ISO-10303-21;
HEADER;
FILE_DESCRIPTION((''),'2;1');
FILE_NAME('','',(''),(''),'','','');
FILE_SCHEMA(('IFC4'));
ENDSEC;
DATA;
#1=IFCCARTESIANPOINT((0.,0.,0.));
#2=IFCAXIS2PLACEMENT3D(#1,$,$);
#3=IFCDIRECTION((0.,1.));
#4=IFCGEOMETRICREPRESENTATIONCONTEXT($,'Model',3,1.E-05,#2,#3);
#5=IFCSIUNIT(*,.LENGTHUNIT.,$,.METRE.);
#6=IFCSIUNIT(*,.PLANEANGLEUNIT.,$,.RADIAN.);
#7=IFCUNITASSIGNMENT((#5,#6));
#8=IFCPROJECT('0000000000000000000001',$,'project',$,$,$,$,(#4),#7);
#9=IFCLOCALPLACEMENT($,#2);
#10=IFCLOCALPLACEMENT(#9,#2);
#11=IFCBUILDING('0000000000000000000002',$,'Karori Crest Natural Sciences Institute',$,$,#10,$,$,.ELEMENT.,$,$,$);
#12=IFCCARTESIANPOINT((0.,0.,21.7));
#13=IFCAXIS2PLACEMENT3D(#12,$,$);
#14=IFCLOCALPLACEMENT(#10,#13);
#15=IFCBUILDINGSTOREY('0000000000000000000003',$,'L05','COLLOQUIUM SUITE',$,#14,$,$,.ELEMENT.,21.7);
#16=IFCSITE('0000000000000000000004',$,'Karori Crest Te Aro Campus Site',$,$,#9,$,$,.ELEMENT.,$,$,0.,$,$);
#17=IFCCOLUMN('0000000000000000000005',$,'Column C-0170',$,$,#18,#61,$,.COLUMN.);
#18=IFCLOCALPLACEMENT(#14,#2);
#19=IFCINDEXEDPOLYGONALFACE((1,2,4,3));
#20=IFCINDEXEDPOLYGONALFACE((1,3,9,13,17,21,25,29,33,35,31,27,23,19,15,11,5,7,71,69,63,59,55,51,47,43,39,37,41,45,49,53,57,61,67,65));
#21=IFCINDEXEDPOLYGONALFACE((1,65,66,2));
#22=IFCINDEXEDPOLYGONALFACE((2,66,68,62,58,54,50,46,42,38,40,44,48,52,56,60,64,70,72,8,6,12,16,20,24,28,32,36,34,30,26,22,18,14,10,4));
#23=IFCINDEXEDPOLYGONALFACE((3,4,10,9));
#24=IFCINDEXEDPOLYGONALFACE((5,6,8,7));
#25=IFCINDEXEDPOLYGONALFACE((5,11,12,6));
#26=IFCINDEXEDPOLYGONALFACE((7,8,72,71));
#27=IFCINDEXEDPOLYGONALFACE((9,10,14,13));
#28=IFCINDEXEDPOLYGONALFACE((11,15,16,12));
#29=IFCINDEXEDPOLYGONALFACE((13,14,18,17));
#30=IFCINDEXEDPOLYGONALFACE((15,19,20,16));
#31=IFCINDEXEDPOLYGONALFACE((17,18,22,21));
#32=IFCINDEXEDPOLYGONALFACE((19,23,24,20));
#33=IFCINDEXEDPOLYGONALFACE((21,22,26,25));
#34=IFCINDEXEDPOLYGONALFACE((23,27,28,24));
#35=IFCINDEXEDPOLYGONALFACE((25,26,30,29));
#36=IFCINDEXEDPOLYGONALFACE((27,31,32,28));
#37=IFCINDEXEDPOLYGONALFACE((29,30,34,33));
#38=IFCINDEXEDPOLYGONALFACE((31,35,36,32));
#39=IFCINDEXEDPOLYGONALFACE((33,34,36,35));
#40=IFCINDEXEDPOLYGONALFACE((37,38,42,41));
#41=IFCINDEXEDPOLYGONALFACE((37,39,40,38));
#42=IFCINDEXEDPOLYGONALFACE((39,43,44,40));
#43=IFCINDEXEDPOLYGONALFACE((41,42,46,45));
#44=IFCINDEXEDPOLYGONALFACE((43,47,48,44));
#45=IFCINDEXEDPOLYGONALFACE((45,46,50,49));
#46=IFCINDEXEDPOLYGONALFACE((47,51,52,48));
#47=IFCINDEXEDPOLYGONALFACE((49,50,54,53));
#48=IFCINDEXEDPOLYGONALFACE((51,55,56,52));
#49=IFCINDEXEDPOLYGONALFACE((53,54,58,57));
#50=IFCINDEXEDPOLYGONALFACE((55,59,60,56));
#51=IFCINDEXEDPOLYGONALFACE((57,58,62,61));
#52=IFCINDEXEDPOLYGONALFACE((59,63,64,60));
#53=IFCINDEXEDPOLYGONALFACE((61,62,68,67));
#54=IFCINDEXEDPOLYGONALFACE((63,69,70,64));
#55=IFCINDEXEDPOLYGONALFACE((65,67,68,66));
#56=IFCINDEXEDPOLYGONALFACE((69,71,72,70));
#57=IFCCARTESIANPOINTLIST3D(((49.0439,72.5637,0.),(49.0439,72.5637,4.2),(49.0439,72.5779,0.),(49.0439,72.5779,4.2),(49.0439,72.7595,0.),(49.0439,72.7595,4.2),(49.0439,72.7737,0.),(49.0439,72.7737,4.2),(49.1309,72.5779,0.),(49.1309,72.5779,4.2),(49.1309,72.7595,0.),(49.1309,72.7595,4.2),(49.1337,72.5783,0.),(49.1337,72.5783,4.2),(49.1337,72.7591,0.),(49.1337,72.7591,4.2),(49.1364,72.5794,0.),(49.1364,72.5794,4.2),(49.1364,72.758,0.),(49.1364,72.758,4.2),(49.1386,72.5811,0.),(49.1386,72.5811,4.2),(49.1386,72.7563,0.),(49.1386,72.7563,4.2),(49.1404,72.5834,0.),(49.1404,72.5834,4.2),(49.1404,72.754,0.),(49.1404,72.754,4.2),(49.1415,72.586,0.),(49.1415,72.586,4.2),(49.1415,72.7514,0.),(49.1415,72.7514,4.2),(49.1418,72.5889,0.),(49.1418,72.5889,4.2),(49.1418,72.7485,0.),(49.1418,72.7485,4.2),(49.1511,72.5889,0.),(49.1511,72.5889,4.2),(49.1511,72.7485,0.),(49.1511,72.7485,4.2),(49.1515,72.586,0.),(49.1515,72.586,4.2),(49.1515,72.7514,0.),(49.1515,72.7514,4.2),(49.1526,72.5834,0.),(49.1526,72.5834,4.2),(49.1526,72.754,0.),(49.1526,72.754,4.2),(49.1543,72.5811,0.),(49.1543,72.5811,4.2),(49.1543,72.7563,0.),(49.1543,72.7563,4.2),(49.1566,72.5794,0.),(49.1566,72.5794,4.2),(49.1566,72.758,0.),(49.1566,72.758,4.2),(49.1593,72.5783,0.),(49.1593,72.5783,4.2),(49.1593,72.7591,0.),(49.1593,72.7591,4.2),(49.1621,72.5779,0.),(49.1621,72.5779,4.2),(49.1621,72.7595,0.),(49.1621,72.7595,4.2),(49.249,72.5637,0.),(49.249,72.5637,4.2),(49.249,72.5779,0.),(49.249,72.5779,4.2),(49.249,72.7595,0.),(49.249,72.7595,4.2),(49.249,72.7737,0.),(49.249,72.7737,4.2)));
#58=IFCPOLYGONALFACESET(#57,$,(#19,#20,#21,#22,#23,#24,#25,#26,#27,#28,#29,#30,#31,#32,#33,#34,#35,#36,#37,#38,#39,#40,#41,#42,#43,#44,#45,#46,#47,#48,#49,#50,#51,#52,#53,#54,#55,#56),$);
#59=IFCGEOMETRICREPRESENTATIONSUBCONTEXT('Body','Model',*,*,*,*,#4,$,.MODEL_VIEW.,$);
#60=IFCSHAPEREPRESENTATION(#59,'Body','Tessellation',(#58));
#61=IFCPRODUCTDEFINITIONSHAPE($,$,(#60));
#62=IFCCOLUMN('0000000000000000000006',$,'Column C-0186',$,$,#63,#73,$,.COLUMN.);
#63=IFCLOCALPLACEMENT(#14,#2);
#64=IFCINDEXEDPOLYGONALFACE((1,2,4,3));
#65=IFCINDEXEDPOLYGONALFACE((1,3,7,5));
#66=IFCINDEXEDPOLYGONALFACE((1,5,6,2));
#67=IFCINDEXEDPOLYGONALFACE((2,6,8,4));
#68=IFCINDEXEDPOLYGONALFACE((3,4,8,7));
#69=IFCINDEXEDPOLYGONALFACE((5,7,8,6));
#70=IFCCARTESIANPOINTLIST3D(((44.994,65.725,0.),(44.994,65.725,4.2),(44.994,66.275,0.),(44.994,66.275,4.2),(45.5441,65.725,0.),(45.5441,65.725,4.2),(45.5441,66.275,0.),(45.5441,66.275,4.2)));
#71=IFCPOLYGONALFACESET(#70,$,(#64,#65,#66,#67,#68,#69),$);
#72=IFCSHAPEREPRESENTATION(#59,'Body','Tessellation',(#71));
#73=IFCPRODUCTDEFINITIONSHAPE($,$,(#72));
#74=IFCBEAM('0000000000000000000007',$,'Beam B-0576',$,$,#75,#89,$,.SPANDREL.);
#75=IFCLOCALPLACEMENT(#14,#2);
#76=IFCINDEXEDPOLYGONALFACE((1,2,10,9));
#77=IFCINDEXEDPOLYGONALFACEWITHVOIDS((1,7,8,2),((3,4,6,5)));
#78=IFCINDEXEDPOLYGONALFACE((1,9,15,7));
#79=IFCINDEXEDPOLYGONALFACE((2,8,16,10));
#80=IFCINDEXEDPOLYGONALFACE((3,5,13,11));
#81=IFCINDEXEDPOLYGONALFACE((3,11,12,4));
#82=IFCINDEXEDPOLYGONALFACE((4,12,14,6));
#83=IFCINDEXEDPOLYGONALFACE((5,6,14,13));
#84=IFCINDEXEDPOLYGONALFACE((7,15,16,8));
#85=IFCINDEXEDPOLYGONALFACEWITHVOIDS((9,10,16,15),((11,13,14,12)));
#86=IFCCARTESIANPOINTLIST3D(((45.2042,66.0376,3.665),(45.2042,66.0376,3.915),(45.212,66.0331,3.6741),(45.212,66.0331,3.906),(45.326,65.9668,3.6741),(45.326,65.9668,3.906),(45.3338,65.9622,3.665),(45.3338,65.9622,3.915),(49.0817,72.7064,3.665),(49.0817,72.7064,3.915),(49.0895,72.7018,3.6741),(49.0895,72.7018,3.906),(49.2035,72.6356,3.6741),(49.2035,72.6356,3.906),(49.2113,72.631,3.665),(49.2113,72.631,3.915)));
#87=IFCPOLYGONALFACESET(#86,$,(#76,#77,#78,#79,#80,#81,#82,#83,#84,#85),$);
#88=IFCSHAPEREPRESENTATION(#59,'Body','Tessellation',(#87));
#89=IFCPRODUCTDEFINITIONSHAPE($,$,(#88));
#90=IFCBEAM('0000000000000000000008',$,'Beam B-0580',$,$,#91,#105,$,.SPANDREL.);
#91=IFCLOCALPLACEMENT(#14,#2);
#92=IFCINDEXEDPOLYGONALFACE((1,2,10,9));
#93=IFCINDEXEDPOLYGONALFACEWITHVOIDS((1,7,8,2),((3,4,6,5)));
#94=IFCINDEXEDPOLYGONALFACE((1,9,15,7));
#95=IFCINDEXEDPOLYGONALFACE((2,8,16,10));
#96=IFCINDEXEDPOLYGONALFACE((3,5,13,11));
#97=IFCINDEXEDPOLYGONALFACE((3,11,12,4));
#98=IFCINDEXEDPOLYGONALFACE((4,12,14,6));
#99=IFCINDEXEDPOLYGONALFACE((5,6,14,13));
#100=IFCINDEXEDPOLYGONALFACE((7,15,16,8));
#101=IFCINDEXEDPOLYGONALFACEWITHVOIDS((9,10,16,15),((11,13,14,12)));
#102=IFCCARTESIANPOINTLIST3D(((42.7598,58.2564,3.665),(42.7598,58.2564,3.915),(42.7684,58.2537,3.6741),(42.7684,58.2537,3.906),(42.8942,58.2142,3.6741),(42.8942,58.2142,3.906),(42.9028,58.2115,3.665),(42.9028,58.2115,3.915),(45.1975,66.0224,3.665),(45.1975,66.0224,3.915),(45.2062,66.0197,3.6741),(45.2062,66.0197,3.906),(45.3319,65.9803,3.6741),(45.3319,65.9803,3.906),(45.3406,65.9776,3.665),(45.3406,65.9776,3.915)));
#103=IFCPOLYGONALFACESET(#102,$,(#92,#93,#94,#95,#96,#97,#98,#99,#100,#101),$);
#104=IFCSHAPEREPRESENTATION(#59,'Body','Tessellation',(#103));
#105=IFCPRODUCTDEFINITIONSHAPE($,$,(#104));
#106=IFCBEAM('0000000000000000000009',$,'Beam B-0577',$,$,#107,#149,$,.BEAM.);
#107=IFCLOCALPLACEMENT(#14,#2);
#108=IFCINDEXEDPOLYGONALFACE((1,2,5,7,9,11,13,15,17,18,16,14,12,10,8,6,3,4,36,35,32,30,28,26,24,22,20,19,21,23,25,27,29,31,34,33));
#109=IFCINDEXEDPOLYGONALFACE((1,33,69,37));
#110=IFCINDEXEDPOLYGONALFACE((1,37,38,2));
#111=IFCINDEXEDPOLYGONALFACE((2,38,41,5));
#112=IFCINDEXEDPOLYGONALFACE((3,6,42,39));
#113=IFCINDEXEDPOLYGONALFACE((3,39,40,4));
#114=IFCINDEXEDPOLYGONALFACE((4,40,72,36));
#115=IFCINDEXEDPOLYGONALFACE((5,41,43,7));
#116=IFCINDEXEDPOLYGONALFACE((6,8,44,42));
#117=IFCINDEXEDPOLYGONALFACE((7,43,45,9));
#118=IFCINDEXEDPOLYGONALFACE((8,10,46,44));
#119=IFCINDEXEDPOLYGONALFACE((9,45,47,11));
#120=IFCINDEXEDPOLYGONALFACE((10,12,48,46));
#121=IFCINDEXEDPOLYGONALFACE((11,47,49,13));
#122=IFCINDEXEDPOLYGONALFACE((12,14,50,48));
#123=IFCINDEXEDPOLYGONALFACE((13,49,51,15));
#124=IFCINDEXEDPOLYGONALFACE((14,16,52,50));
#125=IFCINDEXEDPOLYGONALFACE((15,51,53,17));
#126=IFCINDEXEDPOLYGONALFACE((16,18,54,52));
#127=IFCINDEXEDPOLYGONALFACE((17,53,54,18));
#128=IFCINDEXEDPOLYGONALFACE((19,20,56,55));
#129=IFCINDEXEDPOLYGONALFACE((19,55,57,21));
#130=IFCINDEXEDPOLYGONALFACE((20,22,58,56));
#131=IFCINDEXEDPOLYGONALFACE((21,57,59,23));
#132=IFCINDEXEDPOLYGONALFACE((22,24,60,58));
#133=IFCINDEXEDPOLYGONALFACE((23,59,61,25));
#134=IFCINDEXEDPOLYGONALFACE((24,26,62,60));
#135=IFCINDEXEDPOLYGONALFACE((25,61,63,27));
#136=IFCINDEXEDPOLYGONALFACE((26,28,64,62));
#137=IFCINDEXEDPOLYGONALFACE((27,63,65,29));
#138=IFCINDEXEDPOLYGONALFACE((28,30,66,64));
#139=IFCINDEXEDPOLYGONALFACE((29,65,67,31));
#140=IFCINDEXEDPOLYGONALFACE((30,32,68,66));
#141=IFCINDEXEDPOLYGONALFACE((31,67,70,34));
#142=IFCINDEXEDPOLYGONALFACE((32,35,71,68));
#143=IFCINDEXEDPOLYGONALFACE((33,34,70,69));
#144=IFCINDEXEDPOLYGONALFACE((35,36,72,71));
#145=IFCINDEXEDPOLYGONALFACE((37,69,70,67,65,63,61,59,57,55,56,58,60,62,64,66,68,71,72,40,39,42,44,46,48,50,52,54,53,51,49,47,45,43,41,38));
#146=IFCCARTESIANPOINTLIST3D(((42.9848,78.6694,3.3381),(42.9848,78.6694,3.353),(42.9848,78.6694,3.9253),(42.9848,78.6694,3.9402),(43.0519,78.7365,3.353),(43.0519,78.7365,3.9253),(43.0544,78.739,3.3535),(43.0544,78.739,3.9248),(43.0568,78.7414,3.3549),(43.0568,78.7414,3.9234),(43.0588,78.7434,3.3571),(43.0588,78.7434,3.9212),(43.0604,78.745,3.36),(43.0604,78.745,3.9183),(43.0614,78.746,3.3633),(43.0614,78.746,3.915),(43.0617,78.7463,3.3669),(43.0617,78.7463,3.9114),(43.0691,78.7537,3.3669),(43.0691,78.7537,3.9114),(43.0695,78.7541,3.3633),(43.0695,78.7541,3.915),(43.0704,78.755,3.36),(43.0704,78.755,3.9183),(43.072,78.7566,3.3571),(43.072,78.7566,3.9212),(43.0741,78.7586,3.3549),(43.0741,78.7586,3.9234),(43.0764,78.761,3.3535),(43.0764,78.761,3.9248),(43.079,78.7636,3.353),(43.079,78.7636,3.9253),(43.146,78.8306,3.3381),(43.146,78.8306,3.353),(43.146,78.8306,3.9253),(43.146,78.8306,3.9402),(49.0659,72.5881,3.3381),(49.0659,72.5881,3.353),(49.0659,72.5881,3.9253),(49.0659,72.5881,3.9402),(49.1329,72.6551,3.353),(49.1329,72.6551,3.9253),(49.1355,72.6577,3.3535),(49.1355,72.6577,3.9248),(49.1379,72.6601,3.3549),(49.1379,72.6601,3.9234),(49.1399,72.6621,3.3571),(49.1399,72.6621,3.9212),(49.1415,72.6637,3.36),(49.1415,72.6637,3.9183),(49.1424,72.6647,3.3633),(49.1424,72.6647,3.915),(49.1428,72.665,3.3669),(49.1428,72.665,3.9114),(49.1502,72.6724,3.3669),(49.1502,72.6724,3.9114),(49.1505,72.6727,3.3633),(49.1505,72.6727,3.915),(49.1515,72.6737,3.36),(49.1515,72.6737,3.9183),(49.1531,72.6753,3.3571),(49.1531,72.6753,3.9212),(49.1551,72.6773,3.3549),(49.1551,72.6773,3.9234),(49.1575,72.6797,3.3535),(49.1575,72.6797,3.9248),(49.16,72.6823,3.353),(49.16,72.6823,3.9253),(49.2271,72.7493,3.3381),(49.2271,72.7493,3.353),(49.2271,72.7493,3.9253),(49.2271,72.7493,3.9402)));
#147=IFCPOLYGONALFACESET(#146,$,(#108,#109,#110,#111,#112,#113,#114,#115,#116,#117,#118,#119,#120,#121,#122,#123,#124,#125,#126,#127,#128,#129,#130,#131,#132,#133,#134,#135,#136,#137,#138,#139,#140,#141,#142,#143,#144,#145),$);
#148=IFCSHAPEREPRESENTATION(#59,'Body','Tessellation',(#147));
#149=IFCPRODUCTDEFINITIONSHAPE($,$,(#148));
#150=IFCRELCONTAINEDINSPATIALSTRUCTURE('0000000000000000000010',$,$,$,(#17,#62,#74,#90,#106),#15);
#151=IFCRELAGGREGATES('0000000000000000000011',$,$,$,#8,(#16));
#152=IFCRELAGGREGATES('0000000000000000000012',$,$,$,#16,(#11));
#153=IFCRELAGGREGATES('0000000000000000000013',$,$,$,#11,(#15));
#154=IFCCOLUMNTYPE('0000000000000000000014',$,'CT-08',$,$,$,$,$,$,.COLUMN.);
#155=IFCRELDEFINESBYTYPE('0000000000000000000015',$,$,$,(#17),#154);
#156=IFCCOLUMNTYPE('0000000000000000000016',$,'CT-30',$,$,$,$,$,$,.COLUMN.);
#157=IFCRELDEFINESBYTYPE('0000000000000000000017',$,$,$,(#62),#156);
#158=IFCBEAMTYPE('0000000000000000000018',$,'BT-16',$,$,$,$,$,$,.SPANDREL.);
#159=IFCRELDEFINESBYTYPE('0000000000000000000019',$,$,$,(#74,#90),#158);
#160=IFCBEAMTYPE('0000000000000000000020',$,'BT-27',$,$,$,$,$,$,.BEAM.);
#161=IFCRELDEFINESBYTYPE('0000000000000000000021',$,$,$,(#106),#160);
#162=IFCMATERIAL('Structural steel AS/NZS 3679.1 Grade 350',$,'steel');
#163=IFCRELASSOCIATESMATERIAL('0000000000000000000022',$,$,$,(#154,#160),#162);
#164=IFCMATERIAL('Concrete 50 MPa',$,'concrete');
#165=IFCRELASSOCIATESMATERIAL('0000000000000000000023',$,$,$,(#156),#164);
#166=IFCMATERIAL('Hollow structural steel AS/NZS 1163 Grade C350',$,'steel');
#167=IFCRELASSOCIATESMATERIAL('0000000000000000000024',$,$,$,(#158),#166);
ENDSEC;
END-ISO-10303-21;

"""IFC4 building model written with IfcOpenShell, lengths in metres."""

from ifc_helpers import new_model, si_unit, direction, frame, origin, origin_2d, place, context, subcontext, project, spatial, rectangle, hollow_rectangle, i_section, extrude, material, material_profile, profile_set, type_object, element, save


model = new_model("IFC4")

# Units and contexts
model_context = context("Model", 3, precision=1e-05, world=origin(), true_north=direction((0.0, 1.0)))
body_context = subcontext(model_context, "Body", "Model", "MODEL_VIEW")
ifc_project = project(units=[si_unit("LENGTHUNIT", "METRE"), si_unit("PLANEANGLEUNIT", "RADIAN")], contexts=[model_context])

# Site, building, storey
site_placement = place(None, origin())
site = spatial("IfcSite", under=ifc_project, at=site_placement, Name="Karori Crest Te Aro Campus Site", CompositionType="ELEMENT", RefElevation=0.0)
building_placement = place(site_placement, origin())
building = spatial("IfcBuilding", under=site, at=building_placement, Name="Karori Crest Natural Sciences Institute", CompositionType="ELEMENT")
storey_placement = place(building_placement, frame((0.0, 0.0, 21.7)))
storey = spatial("IfcBuildingStorey", under=building, at=storey_placement, Name="L05", Description="COLLOQUIUM SUITE", CompositionType="ELEMENT", Elevation=21.7)

# Columns
ifc_material_1 = material(Name="Structural steel AS/NZS 3679.1 Grade 350", Category="steel")
ifc_material_profile_1 = material_profile(ifc_material_1, i_section(OverallWidth=0.2051, OverallDepth=0.21, WebThickness=0.0093, FlangeThickness=0.0142, FilletRadius=0.011, at=origin_2d()), Name="200UC59.5")
ifc_profile_set_1 = profile_set([ifc_material_profile_1], Name="Structural steel AS/NZS 3679.1 Grade 350")
column_type_1 = type_object("IfcColumnType", Name="CT-08", PredefinedType="COLUMN", material=ifc_profile_set_1)
column_1_placement = place(storey_placement, frame((49.1465, 72.6687, 0.0), z_axis=(0.0, 0.0, 1.0), x_axis=(1.0, 0.0, 0.0)))
element("IfcColumn", 1, at=column_1_placement, inside=storey, type_object=column_type_1, Name="Column C-0170", PredefinedType="COLUMN", context=body_context, shape_type="SweptSolid", body=[
    extrude(i_section(OverallWidth=0.2051, OverallDepth=0.21, WebThickness=0.0093, FlangeThickness=0.0142, FilletRadius=0.011, at=origin_2d()), origin(), (0.0, 0.0, 1.0), 4.2),
])
ifc_material_2 = material(Name="Concrete 50 MPa", Category="concrete")
ifc_material_profile_2 = material_profile(ifc_material_2, rectangle(XDim=0.55, YDim=0.55, at=origin_2d()), Name="RC550x550")
ifc_profile_set_2 = profile_set([ifc_material_profile_2], Name="Concrete 50 MPa")
column_type_2 = type_object("IfcColumnType", Name="CT-30", PredefinedType="COLUMN", material=ifc_profile_set_2)
column_2_placement = place(storey_placement, frame((45.269, 66.0, 0.0), z_axis=(0.0, 0.0, 1.0), x_axis=(1.0, 0.0, 0.0)))
element("IfcColumn", 2, at=column_2_placement, inside=storey, type_object=column_type_2, Name="Column C-0186", PredefinedType="COLUMN", context=body_context, shape_type="SweptSolid", body=[
    extrude(rectangle(XDim=0.55, YDim=0.55, at=origin_2d()), origin(), (0.0, 0.0, 1.0), 4.2),
])

# Beams
ifc_material_3 = material(Name="Hollow structural steel AS/NZS 1163 Grade C350", Category="steel")
ifc_material_profile_3 = material_profile(ifc_material_3, hollow_rectangle(XDim=0.1499, YDim=0.25, WallThickness=0.009, at=origin_2d()), Name="RHS250x150x9")
ifc_profile_set_3 = profile_set([ifc_material_profile_3], Name="Hollow structural steel AS/NZS 1163 Grade C350")
beam_type_1 = type_object("IfcBeamType", Name="BT-16", PredefinedType="SPANDREL", material=ifc_profile_set_3)
beam_1_placement = place(storey_placement, frame((49.1465, 72.6687, 3.79), z_axis=(-0.502649, -0.864491, 0.0), x_axis=(0.864491, -0.502649, 0.0)))
element("IfcBeam", 3, at=beam_1_placement, inside=storey, type_object=beam_type_1, Name="Beam B-0576", PredefinedType="SPANDREL", context=body_context, shape_type="SweptSolid", body=[
    extrude(hollow_rectangle(XDim=0.1499, YDim=0.25, WallThickness=0.009, at=origin_2d()), origin(), (0.0, 0.0, 1.0), 7.7141),
])
beam_2_placement = place(storey_placement, frame((45.269, 66.0, 3.79), z_axis=(-0.299487, -0.9541, 0.0), x_axis=(0.9541, -0.299487, 0.0)))
element("IfcBeam", 4, at=beam_2_placement, inside=storey, type_object=beam_type_1, Name="Beam B-0580", PredefinedType="SPANDREL", context=body_context, shape_type="SweptSolid", body=[
    extrude(hollow_rectangle(XDim=0.1499, YDim=0.25, WallThickness=0.009, at=origin_2d()), origin(), (0.0, 0.0, 1.0), 8.1396),
])
ifc_material_profile_4 = material_profile(ifc_material_1, i_section(OverallWidth=0.228, OverallDepth=0.6021, WebThickness=0.0105, FlangeThickness=0.0149, FilletRadius=0.0139, at=origin_2d()), Name="610UB101")
ifc_profile_set_4 = profile_set([ifc_material_profile_4], Name="Structural steel AS/NZS 3679.1 Grade 350")
beam_type_2 = type_object("IfcBeamType", Name="BT-27", PredefinedType="BEAM", material=ifc_profile_set_4)
beam_3_placement = place(storey_placement, frame((49.1465, 72.6687, 3.6392), z_axis=(-0.707093, 0.707121, 0.0), x_axis=(-0.707121, -0.707093, 0.0)))
element("IfcBeam", 5, at=beam_3_placement, inside=storey, type_object=beam_type_2, Name="Beam B-0577", PredefinedType="BEAM", context=body_context, shape_type="SweptSolid", body=[
    extrude(i_section(OverallWidth=0.228, OverallDepth=0.6021, WebThickness=0.0105, FlangeThickness=0.0149, FilletRadius=0.0139, at=origin_2d()), origin(), (0.0, 0.0, 1.0), 8.6001),
])

save(model, "model.ifc")
